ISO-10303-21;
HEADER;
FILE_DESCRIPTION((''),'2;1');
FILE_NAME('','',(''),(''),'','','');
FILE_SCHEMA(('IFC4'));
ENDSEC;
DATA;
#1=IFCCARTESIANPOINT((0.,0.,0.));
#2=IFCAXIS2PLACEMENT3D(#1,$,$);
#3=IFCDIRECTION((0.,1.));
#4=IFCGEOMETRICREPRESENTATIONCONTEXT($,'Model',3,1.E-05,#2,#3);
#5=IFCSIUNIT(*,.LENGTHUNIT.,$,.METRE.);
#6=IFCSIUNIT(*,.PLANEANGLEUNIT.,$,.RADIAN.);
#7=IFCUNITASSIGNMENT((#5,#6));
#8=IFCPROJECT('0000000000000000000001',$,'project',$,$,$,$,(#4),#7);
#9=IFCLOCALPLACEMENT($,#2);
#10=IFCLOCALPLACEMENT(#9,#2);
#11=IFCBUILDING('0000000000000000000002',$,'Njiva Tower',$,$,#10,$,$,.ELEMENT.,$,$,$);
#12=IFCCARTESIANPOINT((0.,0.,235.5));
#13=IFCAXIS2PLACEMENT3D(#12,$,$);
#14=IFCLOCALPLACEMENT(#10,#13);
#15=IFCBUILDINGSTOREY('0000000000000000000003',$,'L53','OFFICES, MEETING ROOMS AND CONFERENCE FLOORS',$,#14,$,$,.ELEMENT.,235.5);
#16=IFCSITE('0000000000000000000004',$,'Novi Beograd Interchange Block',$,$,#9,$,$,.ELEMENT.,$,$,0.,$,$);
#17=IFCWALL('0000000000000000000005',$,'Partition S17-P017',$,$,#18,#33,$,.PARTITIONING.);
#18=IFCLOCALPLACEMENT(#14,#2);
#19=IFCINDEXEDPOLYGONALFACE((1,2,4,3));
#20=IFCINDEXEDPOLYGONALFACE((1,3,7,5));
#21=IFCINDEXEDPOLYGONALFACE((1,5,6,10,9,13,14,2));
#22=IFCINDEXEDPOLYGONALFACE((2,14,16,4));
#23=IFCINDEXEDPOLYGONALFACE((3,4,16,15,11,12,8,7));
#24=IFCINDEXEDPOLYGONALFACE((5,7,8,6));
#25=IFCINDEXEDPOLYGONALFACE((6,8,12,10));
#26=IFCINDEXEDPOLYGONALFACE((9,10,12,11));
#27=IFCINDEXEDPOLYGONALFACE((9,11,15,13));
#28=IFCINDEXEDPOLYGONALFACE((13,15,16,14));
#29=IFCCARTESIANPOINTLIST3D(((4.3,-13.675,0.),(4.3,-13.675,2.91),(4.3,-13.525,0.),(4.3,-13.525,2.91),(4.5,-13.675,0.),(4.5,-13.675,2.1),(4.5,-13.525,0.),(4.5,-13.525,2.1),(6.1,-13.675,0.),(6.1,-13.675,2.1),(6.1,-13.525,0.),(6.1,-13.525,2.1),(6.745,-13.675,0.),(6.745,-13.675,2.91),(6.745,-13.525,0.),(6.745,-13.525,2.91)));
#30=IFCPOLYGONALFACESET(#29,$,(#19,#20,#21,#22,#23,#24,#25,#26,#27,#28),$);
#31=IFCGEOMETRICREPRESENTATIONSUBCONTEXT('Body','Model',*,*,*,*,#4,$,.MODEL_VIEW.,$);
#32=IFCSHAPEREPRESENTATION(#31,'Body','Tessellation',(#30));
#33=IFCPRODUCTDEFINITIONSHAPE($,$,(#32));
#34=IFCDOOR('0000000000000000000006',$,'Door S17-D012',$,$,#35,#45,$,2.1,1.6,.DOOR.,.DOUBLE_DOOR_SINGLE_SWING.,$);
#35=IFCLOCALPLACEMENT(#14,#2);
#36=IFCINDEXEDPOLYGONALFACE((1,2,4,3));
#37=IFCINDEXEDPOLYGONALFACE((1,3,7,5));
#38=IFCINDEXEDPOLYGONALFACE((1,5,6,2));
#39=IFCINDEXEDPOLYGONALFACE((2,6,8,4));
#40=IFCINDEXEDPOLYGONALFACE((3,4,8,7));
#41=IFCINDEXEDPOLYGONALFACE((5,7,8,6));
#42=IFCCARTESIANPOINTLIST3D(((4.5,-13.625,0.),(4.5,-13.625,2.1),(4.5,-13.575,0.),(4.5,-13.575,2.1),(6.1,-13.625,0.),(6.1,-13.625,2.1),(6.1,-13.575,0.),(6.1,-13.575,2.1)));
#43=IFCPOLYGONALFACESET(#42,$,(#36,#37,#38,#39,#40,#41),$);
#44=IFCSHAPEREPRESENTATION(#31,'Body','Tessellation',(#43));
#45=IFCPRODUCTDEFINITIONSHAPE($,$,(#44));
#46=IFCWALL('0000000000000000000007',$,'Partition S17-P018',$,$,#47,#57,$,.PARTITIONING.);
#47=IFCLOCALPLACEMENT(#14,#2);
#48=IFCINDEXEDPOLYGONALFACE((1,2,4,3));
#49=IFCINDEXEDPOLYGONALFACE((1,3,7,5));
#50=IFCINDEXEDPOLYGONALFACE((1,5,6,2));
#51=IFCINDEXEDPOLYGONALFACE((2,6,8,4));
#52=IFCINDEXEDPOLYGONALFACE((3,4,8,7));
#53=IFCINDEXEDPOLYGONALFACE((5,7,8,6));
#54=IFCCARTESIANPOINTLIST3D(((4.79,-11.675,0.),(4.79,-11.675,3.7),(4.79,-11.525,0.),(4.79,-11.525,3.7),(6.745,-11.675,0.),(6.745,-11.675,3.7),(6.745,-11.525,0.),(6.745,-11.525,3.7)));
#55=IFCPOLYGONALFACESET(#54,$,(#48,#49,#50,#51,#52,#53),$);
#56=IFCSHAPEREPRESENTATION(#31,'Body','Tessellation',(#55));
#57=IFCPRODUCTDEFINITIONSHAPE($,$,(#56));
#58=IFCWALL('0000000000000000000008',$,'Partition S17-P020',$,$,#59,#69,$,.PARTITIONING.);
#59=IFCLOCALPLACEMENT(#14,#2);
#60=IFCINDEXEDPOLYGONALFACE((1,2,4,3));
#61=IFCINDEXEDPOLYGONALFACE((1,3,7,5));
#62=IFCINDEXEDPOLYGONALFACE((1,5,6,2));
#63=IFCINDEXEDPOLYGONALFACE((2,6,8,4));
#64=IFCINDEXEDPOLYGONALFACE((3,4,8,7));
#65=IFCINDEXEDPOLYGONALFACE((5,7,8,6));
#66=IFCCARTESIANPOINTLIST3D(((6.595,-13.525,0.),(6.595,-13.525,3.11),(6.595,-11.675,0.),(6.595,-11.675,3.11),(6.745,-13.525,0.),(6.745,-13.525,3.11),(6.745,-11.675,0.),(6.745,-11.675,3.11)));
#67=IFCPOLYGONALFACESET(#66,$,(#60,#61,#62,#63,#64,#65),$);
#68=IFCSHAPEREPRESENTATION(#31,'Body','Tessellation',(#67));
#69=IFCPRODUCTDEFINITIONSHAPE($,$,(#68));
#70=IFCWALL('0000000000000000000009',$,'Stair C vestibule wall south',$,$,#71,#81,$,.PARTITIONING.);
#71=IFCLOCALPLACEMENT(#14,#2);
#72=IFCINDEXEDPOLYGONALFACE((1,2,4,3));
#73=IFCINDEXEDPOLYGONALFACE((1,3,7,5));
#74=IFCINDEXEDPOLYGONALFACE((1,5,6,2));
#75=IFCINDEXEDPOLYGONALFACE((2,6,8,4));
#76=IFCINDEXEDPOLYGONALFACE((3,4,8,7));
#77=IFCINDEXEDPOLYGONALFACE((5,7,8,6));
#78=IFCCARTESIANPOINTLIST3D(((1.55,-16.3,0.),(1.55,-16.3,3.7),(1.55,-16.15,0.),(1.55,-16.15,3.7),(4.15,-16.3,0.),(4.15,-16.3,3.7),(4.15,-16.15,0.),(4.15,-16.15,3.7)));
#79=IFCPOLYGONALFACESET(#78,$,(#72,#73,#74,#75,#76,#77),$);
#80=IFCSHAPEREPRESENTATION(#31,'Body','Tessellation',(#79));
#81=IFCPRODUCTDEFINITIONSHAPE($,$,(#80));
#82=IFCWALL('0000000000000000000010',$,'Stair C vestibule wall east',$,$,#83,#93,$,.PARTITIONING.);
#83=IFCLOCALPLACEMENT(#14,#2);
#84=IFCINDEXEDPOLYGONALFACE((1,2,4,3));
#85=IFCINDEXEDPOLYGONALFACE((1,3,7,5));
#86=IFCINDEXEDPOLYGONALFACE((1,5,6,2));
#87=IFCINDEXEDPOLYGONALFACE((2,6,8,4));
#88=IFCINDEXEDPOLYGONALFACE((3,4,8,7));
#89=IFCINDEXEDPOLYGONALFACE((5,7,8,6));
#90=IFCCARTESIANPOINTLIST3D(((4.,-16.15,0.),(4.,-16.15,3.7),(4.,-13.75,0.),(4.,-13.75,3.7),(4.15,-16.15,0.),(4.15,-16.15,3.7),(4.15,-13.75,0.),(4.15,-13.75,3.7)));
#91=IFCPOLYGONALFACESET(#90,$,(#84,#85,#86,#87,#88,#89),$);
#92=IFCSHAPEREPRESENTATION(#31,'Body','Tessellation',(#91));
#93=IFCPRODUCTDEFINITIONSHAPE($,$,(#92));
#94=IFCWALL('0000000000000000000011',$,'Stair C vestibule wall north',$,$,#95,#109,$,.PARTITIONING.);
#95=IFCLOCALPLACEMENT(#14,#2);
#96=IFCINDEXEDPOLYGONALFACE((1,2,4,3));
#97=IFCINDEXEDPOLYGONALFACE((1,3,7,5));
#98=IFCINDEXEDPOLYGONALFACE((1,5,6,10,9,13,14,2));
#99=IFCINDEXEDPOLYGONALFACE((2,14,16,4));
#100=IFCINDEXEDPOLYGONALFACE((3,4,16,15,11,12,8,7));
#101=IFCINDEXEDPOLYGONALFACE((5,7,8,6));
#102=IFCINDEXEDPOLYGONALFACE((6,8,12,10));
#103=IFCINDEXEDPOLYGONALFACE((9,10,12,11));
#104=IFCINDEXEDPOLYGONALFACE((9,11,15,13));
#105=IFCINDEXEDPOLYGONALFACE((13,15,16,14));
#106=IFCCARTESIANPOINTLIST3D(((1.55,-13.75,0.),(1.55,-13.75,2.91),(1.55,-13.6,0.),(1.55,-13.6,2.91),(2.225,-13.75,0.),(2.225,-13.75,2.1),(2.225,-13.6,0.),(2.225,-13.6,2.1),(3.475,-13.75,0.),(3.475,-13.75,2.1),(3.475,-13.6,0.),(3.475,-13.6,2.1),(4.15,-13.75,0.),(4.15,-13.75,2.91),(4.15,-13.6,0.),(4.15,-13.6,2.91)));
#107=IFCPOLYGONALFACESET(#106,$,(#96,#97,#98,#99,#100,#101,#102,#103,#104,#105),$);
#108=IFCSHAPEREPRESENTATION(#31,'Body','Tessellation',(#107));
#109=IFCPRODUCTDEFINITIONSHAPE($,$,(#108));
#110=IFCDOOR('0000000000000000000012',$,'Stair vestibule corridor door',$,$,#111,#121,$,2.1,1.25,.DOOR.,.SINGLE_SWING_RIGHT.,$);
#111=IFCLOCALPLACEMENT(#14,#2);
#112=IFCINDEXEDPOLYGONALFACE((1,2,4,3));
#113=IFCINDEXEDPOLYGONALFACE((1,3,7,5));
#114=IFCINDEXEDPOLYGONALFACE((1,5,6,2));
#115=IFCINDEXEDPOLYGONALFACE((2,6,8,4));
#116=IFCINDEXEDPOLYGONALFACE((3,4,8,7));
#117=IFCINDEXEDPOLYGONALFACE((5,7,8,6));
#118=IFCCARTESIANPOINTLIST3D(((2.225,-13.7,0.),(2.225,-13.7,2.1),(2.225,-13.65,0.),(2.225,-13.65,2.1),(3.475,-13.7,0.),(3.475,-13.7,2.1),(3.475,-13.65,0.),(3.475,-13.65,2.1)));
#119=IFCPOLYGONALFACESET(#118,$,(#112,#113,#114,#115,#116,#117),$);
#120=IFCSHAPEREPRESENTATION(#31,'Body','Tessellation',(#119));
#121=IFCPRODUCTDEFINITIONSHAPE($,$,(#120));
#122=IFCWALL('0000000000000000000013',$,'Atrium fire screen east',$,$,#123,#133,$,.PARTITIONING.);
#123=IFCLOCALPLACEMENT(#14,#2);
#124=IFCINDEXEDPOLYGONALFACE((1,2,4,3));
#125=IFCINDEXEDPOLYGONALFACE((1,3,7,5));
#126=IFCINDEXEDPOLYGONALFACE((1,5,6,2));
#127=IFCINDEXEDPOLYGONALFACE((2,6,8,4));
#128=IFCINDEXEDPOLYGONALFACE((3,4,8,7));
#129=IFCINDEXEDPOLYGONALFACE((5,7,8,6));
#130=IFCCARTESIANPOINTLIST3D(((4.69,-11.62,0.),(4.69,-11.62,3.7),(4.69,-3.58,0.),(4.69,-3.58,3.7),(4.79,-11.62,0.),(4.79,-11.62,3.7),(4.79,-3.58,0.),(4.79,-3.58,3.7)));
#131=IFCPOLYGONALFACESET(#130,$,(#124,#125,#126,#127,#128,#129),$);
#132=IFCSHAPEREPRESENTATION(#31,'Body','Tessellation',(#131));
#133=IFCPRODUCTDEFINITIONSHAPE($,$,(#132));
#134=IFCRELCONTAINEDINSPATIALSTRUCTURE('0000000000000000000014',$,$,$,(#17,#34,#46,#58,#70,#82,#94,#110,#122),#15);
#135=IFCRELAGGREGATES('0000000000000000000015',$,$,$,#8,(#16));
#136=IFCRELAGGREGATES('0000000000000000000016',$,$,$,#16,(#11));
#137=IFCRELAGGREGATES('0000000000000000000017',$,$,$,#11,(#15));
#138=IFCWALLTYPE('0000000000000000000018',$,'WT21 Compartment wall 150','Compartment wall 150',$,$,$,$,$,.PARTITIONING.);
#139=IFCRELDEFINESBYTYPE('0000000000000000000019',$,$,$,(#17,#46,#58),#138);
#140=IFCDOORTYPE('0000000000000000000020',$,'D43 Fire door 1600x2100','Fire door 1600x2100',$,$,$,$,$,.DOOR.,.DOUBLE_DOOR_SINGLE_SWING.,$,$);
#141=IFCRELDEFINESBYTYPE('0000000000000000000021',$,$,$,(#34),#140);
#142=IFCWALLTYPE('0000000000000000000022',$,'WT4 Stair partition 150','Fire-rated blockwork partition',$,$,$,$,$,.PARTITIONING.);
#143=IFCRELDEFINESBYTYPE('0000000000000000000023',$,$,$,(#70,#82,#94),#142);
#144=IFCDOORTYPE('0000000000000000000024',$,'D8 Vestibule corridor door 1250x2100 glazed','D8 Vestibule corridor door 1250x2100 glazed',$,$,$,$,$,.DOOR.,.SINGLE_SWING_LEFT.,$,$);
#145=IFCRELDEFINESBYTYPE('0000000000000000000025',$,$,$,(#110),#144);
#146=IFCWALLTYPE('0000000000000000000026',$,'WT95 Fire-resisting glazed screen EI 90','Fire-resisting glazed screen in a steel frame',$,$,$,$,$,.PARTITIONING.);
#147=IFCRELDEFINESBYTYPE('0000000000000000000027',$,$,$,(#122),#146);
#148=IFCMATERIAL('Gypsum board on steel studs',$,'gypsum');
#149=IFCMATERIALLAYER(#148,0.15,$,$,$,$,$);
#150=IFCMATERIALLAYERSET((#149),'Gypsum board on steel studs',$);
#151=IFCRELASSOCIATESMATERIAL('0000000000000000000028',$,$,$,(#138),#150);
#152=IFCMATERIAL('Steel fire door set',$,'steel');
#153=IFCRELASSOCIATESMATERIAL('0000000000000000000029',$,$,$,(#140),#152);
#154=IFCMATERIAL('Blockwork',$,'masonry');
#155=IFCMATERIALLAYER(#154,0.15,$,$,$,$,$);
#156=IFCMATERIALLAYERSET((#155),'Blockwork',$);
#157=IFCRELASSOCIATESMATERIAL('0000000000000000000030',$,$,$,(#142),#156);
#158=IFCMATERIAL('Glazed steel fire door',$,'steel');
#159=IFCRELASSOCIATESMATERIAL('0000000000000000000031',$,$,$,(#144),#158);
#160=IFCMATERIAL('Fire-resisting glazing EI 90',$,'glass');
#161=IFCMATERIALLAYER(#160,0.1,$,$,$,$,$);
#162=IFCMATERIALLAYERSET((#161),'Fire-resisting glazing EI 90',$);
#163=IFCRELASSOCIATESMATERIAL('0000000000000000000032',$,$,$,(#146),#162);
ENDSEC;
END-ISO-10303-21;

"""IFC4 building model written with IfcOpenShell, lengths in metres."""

from ifc_helpers import new_model, si_unit, direction, frame, frame_2d, origin, place, context, subcontext, project, spatial, rectangle, extrude, material, layer, layer_set, type_object, element, fill, save


model = new_model("IFC4")

# Units and contexts
model_context = context("Model", 3, precision=1e-05, world=origin(), true_north=direction((0.0, 1.0)))
body_context = subcontext(model_context, "Body", "Model", "MODEL_VIEW")
ifc_project = project(units=[si_unit("LENGTHUNIT", "METRE"), si_unit("PLANEANGLEUNIT", "RADIAN")], contexts=[model_context])

# Site, building, storey
site_placement = place(None, origin())
site = spatial("IfcSite", under=ifc_project, at=site_placement, Name="Novi Beograd Interchange Block", CompositionType="ELEMENT", RefElevation=0.0)
building_placement = place(site_placement, origin())
building = spatial("IfcBuilding", under=site, at=building_placement, Name="Njiva Tower", CompositionType="ELEMENT")
storey_placement = place(building_placement, frame((0.0, 0.0, 235.5)))
storey = spatial("IfcBuildingStorey", under=building, at=storey_placement, Name="L53", Description="OFFICES, MEETING ROOMS AND CONFERENCE FLOORS", CompositionType="ELEMENT", Elevation=235.5)

# Wall, opening, door
ifc_material_1 = material(Name="Gypsum board on steel studs", Category="gypsum")
ifc_layer_1 = layer(ifc_material_1, 0.15)
ifc_layer_set_1 = layer_set([ifc_layer_1], Name="Gypsum board on steel studs")
wall_type_1 = type_object("IfcWallType", Name="WT21 Compartment wall 150", Description="Compartment wall 150", PredefinedType="PARTITIONING", material=ifc_layer_set_1)
wall_1_placement = place(storey_placement, frame((4.3, -13.6, 0.0), z_axis=(0.0, 0.0, 1.0), x_axis=(1.0, 0.0, 0.0)))
wall_1 = element("IfcWall", 1, at=wall_1_placement, inside=storey, type_object=wall_type_1, Name="Partition S17-P017", PredefinedType="PARTITIONING", context=body_context, shape_type="SweptSolid", body=[
    extrude(rectangle(XDim=2.445, YDim=0.15, at=frame_2d((1.2225, 0.0))), origin(), (0.0, 0.0, 1.0), 2.91),
])
opening_1_placement = place(wall_1_placement, frame((0.2, 0.0, 0.0)))
opening_1 = element("IfcOpeningElement", 2, at=opening_1_placement, cuts=wall_1, PredefinedType="OPENING", context=body_context, shape_type="SweptSolid", body=[
    extrude(rectangle(XDim=1.6, YDim=2.1, at=frame_2d((0.8, 1.05))), frame((0.0, 0.085, 0.0), z_axis=(0.0, -1.0, 0.0), x_axis=(1.0, 0.0, 0.0)), (0.0, 0.0, 1.0), 0.17),
])
ifc_material_2 = material(Name="Steel fire door set", Category="steel")
door_type_1 = type_object("IfcDoorType", Name="D43 Fire door 1600x2100", Description="Fire door 1600x2100", OperationType="DOUBLE_DOOR_SINGLE_SWING", PredefinedType="DOOR", material=ifc_material_2)
door_1_placement = place(opening_1_placement, origin())
door_1 = element("IfcDoor", 3, at=door_1_placement, inside=storey, type_object=door_type_1, Name="Door S17-D012", OperationType="DOUBLE_DOOR_SINGLE_SWING", OverallHeight=2.1, OverallWidth=1.6, PredefinedType="DOOR", context=body_context, shape_type="SweptSolid", body=[
    extrude(rectangle(XDim=1.6, YDim=2.1, at=frame_2d((0.8, 1.05))), frame((0.0, 0.025, 0.0), z_axis=(0.0, -1.0, 0.0), x_axis=(1.0, 0.0, 0.0)), (0.0, 0.0, 1.0), 0.05),
])
fill(opening_1, door_1)

# Walls
wall_2_placement = place(storey_placement, frame((4.79, -11.6, 0.0), z_axis=(0.0, 0.0, 1.0), x_axis=(1.0, 0.0, 0.0)))
element("IfcWall", 4, at=wall_2_placement, inside=storey, type_object=wall_type_1, Name="Partition S17-P018", PredefinedType="PARTITIONING", context=body_context, shape_type="SweptSolid", body=[
    extrude(rectangle(XDim=1.955, YDim=0.15, at=frame_2d((0.9775, 0.0))), origin(), (0.0, 0.0, 1.0), 3.7),
])
wall_3_placement = place(storey_placement, frame((6.67, -13.525, 0.0), z_axis=(0.0, 0.0, 1.0), x_axis=(0.0, 1.0, 0.0)))
element("IfcWall", 5, at=wall_3_placement, inside=storey, type_object=wall_type_1, Name="Partition S17-P020", PredefinedType="PARTITIONING", context=body_context, shape_type="SweptSolid", body=[
    extrude(rectangle(XDim=1.85, YDim=0.15, at=frame_2d((0.925, 0.0))), origin(), (0.0, 0.0, 1.0), 3.11),
])
ifc_material_3 = material(Name="Blockwork", Category="masonry")
ifc_layer_2 = layer(ifc_material_3, 0.15)
ifc_layer_set_2 = layer_set([ifc_layer_2], Name="Blockwork")
wall_type_2 = type_object("IfcWallType", Name="WT4 Stair partition 150", Description="Fire-rated blockwork partition", PredefinedType="PARTITIONING", material=ifc_layer_set_2)
wall_4_placement = place(storey_placement, frame((1.55, -16.225, 0.0), z_axis=(0.0, 0.0, 1.0), x_axis=(1.0, 0.0, 0.0)))
element("IfcWall", 6, at=wall_4_placement, inside=storey, type_object=wall_type_2, Name="Stair C vestibule wall south", PredefinedType="PARTITIONING", context=body_context, shape_type="SweptSolid", body=[
    extrude(rectangle(XDim=2.6, YDim=0.15, at=frame_2d((1.3, 0.0))), origin(), (0.0, 0.0, 1.0), 3.7),
])
wall_5_placement = place(storey_placement, frame((4.075, -16.15, 0.0), z_axis=(0.0, 0.0, 1.0), x_axis=(0.0, 1.0, 0.0)))
element("IfcWall", 7, at=wall_5_placement, inside=storey, type_object=wall_type_2, Name="Stair C vestibule wall east", PredefinedType="PARTITIONING", context=body_context, shape_type="SweptSolid", body=[
    extrude(rectangle(XDim=2.4, YDim=0.15, at=frame_2d((1.2, 0.0))), origin(), (0.0, 0.0, 1.0), 3.7),
])

# Wall, opening, door
wall_6_placement = place(storey_placement, frame((1.55, -13.675, 0.0), z_axis=(0.0, 0.0, 1.0), x_axis=(1.0, 0.0, 0.0)))
wall_6 = element("IfcWall", 8, at=wall_6_placement, inside=storey, type_object=wall_type_2, Name="Stair C vestibule wall north", PredefinedType="PARTITIONING", context=body_context, shape_type="SweptSolid", body=[
    extrude(rectangle(XDim=2.6, YDim=0.15, at=frame_2d((1.3, 0.0))), origin(), (0.0, 0.0, 1.0), 2.91),
])
opening_2_placement = place(wall_6_placement, frame((0.675, 0.0, 0.0)))
opening_2 = element("IfcOpeningElement", 9, at=opening_2_placement, cuts=wall_6, PredefinedType="OPENING", context=body_context, shape_type="SweptSolid", body=[
    extrude(rectangle(XDim=1.25, YDim=2.1, at=frame_2d((0.625, 1.05))), frame((0.0, 0.085, 0.0), z_axis=(0.0, -1.0, 0.0), x_axis=(1.0, 0.0, 0.0)), (0.0, 0.0, 1.0), 0.17),
])
ifc_material_4 = material(Name="Glazed steel fire door", Category="steel")
door_type_2 = type_object("IfcDoorType", Name="D8 Vestibule corridor door 1250x2100 glazed", Description="D8 Vestibule corridor door 1250x2100 glazed", OperationType="SINGLE_SWING_LEFT", PredefinedType="DOOR", material=ifc_material_4)
door_2_placement = place(opening_2_placement, origin())
door_2 = element("IfcDoor", 10, at=door_2_placement, inside=storey, type_object=door_type_2, Name="Stair vestibule corridor door", OperationType="SINGLE_SWING_RIGHT", OverallHeight=2.1, OverallWidth=1.25, PredefinedType="DOOR", context=body_context, shape_type="SweptSolid", body=[
    extrude(rectangle(XDim=1.25, YDim=2.1, at=frame_2d((0.625, 1.05))), frame((0.0, 0.025, 0.0), z_axis=(0.0, -1.0, 0.0), x_axis=(1.0, 0.0, 0.0)), (0.0, 0.0, 1.0), 0.05),
])
fill(opening_2, door_2)

# Wall
ifc_material_5 = material(Name="Fire-resisting glazing EI 90", Category="glass")
ifc_layer_3 = layer(ifc_material_5, 0.1)
ifc_layer_set_3 = layer_set([ifc_layer_3], Name="Fire-resisting glazing EI 90")
wall_type_3 = type_object("IfcWallType", Name="WT95 Fire-resisting glazed screen EI 90", Description="Fire-resisting glazed screen in a steel frame", PredefinedType="PARTITIONING", material=ifc_layer_set_3)
wall_7_placement = place(storey_placement, frame((4.74, -11.62, 0.0), z_axis=(0.0, 0.0, 1.0), x_axis=(0.0, 1.0, 0.0)))
element("IfcWall", 11, at=wall_7_placement, inside=storey, type_object=wall_type_3, Name="Atrium fire screen east", PredefinedType="PARTITIONING", context=body_context, shape_type="SweptSolid", body=[
    extrude(rectangle(XDim=8.04, YDim=0.1, at=frame_2d((4.02, 0.0))), origin(), (0.0, 0.0, 1.0), 3.7),
])

save(model, "model.ifc")
